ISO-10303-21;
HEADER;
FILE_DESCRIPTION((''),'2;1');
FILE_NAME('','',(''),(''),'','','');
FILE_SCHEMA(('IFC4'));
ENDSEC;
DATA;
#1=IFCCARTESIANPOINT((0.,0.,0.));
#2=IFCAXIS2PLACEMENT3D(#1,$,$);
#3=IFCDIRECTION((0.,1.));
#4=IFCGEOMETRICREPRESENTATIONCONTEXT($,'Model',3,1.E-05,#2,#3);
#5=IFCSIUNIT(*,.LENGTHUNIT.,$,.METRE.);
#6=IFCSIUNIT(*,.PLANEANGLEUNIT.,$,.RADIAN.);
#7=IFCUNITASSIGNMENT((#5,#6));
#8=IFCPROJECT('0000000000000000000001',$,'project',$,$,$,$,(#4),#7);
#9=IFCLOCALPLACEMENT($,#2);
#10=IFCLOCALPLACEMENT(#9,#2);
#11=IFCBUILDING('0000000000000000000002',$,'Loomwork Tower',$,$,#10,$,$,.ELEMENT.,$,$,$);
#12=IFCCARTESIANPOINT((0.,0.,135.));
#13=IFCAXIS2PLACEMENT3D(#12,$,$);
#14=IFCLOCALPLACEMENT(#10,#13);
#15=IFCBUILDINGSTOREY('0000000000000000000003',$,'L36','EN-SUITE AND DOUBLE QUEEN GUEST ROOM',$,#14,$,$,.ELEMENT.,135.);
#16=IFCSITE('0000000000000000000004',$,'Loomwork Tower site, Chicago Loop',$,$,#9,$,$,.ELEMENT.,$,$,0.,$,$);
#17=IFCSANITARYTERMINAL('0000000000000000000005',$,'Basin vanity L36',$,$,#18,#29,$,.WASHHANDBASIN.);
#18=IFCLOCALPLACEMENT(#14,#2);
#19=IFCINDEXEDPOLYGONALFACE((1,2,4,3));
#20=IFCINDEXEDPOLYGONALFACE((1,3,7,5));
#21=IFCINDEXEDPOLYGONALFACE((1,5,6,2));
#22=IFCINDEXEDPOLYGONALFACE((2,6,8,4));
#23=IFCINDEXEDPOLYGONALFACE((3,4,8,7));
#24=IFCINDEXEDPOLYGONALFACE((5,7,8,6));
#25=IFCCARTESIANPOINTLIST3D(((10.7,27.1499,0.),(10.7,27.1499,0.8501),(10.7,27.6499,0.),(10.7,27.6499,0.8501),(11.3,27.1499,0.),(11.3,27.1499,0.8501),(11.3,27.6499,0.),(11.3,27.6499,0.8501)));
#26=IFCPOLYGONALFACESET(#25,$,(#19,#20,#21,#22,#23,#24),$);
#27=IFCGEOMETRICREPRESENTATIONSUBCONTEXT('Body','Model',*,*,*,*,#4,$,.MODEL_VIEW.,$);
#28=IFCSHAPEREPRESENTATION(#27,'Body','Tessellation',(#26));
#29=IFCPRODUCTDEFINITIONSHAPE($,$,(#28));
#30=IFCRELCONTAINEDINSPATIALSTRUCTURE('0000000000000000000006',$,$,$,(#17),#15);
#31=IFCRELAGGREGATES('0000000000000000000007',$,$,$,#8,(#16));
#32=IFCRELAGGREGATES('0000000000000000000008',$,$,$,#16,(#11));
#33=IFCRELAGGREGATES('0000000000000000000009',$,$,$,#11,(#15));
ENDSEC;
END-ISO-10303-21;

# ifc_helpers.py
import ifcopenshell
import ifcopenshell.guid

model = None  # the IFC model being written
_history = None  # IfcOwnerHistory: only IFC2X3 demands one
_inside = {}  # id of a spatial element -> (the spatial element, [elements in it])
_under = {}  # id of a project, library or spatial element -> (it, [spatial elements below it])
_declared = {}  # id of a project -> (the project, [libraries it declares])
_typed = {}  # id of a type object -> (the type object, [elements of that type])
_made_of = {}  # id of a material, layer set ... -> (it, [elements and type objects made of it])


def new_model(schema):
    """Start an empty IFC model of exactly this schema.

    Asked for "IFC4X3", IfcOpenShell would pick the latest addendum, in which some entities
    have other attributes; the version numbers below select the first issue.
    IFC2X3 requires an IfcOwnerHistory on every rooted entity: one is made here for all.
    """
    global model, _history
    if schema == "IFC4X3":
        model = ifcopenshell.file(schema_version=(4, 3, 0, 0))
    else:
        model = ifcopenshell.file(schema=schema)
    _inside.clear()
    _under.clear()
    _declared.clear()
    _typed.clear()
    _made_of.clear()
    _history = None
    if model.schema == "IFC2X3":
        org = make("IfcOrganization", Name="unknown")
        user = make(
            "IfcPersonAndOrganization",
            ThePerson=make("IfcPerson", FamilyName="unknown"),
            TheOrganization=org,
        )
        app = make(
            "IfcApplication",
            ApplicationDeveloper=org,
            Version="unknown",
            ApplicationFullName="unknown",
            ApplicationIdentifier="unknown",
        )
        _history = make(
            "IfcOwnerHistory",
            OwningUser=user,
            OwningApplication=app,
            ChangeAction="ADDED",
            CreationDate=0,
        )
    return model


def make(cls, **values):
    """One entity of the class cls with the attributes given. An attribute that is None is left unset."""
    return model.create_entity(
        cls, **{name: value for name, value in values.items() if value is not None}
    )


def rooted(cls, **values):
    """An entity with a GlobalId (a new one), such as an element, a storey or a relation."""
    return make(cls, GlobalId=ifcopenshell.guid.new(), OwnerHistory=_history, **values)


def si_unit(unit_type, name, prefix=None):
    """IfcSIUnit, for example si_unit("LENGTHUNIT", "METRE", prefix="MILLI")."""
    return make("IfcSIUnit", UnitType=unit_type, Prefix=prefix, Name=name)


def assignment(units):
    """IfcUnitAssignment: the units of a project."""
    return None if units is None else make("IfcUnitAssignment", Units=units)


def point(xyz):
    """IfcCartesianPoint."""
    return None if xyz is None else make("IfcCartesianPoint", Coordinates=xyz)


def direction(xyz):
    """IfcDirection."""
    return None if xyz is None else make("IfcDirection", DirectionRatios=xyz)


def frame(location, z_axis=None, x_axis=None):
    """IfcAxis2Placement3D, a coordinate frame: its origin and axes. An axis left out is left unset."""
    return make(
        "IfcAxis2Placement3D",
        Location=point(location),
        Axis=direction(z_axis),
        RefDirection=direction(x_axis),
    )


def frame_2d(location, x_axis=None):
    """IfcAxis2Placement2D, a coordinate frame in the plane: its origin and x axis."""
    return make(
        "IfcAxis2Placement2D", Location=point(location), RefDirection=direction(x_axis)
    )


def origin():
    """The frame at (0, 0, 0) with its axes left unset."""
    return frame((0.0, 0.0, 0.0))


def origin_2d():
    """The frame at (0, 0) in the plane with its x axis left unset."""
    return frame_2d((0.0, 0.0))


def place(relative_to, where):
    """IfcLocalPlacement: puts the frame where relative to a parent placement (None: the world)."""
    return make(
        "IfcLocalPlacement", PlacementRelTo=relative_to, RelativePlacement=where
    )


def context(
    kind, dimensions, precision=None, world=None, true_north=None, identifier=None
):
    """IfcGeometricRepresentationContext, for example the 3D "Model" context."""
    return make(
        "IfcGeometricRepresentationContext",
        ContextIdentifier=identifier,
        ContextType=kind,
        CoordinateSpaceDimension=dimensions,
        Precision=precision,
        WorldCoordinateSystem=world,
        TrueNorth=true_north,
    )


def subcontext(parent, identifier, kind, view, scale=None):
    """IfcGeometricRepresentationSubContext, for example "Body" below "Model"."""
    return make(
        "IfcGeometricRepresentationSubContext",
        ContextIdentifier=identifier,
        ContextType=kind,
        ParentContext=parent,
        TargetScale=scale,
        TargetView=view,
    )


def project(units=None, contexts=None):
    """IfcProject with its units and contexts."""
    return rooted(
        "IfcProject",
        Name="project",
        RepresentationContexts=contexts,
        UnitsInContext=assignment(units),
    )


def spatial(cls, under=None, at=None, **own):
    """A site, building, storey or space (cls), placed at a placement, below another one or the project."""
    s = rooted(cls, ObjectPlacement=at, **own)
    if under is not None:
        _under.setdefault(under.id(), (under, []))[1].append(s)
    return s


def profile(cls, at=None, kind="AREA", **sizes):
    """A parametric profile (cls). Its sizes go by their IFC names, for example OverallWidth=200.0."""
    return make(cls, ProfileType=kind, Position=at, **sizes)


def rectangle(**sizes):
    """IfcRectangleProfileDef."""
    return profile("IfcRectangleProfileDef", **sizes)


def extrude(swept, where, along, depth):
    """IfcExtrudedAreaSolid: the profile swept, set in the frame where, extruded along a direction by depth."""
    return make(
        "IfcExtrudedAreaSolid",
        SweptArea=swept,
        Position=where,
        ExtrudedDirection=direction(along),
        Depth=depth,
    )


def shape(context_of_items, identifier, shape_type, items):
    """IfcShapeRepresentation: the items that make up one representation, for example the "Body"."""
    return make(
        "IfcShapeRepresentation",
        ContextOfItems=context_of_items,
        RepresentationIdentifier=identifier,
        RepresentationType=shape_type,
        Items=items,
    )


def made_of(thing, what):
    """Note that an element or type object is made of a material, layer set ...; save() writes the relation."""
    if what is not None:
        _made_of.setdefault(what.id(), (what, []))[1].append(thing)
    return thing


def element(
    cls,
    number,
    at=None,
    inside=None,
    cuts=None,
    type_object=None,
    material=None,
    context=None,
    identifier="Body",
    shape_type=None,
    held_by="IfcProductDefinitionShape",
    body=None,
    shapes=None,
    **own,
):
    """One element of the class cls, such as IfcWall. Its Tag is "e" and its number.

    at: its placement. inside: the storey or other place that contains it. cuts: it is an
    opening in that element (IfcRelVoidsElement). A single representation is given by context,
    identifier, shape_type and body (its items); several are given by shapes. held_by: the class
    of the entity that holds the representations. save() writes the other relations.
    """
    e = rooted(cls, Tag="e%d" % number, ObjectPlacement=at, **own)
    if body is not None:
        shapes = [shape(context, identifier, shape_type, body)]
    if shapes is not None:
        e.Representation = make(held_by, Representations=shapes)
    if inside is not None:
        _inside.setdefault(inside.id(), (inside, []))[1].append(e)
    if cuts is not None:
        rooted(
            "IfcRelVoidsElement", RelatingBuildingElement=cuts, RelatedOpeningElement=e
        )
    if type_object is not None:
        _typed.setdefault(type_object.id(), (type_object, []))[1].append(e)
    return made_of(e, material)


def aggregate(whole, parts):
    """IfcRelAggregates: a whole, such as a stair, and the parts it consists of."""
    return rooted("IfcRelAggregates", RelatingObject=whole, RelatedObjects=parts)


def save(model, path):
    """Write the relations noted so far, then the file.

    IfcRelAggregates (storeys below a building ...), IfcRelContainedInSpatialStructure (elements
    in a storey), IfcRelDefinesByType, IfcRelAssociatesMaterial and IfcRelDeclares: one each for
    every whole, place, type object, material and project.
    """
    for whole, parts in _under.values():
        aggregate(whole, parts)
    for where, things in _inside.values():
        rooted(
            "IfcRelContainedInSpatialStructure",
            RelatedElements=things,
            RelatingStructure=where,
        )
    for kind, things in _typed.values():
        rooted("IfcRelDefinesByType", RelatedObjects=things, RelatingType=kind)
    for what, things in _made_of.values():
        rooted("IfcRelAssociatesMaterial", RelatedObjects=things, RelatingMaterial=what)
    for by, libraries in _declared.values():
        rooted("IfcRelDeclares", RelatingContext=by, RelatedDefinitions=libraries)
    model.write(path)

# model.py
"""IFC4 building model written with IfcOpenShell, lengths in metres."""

from ifc_helpers import new_model, si_unit, direction, frame, origin, origin_2d, place, context, subcontext, project, spatial, rectangle, extrude, element, save


model = new_model("IFC4")

# Units and contexts
model_context = context("Model", 3, precision=1e-05, world=origin(), true_north=direction((0.0, 1.0)))
body_context = subcontext(model_context, "Body", "Model", "MODEL_VIEW")
ifc_project = project(units=[si_unit("LENGTHUNIT", "METRE"), si_unit("PLANEANGLEUNIT", "RADIAN")], contexts=[model_context])

# Site, building, storey
site_placement = place(None, origin())
site = spatial("IfcSite", under=ifc_project, at=site_placement, Name="Loomwork Tower site, Chicago Loop", CompositionType="ELEMENT", RefElevation=0.0)
building_placement = place(site_placement, origin())
building = spatial("IfcBuilding", under=site, at=building_placement, Name="Loomwork Tower", CompositionType="ELEMENT")
storey_placement = place(building_placement, frame((0.0, 0.0, 135.0)))
storey = spatial("IfcBuildingStorey", under=building, at=storey_placement, Name="L36", Description="EN-SUITE AND DOUBLE QUEEN GUEST ROOM", CompositionType="ELEMENT", Elevation=135.0)

# Sanitary terminal
sanitary_terminal_placement = place(storey_placement, frame((11.0, 27.3999, 0.0), z_axis=(0.0, 0.0, 1.0), x_axis=(1.0, 0.0, 0.0)))
element("IfcSanitaryTerminal", 1, at=sanitary_terminal_placement, inside=storey, Name="Basin vanity L36", PredefinedType="WASHHANDBASIN", context=body_context, shape_type="SweptSolid", body=[
    extrude(rectangle(XDim=0.6001, YDim=0.5, at=origin_2d()), origin(), (0.0, 0.0, 1.0), 0.8501),
])

save(model, "model.ifc")
